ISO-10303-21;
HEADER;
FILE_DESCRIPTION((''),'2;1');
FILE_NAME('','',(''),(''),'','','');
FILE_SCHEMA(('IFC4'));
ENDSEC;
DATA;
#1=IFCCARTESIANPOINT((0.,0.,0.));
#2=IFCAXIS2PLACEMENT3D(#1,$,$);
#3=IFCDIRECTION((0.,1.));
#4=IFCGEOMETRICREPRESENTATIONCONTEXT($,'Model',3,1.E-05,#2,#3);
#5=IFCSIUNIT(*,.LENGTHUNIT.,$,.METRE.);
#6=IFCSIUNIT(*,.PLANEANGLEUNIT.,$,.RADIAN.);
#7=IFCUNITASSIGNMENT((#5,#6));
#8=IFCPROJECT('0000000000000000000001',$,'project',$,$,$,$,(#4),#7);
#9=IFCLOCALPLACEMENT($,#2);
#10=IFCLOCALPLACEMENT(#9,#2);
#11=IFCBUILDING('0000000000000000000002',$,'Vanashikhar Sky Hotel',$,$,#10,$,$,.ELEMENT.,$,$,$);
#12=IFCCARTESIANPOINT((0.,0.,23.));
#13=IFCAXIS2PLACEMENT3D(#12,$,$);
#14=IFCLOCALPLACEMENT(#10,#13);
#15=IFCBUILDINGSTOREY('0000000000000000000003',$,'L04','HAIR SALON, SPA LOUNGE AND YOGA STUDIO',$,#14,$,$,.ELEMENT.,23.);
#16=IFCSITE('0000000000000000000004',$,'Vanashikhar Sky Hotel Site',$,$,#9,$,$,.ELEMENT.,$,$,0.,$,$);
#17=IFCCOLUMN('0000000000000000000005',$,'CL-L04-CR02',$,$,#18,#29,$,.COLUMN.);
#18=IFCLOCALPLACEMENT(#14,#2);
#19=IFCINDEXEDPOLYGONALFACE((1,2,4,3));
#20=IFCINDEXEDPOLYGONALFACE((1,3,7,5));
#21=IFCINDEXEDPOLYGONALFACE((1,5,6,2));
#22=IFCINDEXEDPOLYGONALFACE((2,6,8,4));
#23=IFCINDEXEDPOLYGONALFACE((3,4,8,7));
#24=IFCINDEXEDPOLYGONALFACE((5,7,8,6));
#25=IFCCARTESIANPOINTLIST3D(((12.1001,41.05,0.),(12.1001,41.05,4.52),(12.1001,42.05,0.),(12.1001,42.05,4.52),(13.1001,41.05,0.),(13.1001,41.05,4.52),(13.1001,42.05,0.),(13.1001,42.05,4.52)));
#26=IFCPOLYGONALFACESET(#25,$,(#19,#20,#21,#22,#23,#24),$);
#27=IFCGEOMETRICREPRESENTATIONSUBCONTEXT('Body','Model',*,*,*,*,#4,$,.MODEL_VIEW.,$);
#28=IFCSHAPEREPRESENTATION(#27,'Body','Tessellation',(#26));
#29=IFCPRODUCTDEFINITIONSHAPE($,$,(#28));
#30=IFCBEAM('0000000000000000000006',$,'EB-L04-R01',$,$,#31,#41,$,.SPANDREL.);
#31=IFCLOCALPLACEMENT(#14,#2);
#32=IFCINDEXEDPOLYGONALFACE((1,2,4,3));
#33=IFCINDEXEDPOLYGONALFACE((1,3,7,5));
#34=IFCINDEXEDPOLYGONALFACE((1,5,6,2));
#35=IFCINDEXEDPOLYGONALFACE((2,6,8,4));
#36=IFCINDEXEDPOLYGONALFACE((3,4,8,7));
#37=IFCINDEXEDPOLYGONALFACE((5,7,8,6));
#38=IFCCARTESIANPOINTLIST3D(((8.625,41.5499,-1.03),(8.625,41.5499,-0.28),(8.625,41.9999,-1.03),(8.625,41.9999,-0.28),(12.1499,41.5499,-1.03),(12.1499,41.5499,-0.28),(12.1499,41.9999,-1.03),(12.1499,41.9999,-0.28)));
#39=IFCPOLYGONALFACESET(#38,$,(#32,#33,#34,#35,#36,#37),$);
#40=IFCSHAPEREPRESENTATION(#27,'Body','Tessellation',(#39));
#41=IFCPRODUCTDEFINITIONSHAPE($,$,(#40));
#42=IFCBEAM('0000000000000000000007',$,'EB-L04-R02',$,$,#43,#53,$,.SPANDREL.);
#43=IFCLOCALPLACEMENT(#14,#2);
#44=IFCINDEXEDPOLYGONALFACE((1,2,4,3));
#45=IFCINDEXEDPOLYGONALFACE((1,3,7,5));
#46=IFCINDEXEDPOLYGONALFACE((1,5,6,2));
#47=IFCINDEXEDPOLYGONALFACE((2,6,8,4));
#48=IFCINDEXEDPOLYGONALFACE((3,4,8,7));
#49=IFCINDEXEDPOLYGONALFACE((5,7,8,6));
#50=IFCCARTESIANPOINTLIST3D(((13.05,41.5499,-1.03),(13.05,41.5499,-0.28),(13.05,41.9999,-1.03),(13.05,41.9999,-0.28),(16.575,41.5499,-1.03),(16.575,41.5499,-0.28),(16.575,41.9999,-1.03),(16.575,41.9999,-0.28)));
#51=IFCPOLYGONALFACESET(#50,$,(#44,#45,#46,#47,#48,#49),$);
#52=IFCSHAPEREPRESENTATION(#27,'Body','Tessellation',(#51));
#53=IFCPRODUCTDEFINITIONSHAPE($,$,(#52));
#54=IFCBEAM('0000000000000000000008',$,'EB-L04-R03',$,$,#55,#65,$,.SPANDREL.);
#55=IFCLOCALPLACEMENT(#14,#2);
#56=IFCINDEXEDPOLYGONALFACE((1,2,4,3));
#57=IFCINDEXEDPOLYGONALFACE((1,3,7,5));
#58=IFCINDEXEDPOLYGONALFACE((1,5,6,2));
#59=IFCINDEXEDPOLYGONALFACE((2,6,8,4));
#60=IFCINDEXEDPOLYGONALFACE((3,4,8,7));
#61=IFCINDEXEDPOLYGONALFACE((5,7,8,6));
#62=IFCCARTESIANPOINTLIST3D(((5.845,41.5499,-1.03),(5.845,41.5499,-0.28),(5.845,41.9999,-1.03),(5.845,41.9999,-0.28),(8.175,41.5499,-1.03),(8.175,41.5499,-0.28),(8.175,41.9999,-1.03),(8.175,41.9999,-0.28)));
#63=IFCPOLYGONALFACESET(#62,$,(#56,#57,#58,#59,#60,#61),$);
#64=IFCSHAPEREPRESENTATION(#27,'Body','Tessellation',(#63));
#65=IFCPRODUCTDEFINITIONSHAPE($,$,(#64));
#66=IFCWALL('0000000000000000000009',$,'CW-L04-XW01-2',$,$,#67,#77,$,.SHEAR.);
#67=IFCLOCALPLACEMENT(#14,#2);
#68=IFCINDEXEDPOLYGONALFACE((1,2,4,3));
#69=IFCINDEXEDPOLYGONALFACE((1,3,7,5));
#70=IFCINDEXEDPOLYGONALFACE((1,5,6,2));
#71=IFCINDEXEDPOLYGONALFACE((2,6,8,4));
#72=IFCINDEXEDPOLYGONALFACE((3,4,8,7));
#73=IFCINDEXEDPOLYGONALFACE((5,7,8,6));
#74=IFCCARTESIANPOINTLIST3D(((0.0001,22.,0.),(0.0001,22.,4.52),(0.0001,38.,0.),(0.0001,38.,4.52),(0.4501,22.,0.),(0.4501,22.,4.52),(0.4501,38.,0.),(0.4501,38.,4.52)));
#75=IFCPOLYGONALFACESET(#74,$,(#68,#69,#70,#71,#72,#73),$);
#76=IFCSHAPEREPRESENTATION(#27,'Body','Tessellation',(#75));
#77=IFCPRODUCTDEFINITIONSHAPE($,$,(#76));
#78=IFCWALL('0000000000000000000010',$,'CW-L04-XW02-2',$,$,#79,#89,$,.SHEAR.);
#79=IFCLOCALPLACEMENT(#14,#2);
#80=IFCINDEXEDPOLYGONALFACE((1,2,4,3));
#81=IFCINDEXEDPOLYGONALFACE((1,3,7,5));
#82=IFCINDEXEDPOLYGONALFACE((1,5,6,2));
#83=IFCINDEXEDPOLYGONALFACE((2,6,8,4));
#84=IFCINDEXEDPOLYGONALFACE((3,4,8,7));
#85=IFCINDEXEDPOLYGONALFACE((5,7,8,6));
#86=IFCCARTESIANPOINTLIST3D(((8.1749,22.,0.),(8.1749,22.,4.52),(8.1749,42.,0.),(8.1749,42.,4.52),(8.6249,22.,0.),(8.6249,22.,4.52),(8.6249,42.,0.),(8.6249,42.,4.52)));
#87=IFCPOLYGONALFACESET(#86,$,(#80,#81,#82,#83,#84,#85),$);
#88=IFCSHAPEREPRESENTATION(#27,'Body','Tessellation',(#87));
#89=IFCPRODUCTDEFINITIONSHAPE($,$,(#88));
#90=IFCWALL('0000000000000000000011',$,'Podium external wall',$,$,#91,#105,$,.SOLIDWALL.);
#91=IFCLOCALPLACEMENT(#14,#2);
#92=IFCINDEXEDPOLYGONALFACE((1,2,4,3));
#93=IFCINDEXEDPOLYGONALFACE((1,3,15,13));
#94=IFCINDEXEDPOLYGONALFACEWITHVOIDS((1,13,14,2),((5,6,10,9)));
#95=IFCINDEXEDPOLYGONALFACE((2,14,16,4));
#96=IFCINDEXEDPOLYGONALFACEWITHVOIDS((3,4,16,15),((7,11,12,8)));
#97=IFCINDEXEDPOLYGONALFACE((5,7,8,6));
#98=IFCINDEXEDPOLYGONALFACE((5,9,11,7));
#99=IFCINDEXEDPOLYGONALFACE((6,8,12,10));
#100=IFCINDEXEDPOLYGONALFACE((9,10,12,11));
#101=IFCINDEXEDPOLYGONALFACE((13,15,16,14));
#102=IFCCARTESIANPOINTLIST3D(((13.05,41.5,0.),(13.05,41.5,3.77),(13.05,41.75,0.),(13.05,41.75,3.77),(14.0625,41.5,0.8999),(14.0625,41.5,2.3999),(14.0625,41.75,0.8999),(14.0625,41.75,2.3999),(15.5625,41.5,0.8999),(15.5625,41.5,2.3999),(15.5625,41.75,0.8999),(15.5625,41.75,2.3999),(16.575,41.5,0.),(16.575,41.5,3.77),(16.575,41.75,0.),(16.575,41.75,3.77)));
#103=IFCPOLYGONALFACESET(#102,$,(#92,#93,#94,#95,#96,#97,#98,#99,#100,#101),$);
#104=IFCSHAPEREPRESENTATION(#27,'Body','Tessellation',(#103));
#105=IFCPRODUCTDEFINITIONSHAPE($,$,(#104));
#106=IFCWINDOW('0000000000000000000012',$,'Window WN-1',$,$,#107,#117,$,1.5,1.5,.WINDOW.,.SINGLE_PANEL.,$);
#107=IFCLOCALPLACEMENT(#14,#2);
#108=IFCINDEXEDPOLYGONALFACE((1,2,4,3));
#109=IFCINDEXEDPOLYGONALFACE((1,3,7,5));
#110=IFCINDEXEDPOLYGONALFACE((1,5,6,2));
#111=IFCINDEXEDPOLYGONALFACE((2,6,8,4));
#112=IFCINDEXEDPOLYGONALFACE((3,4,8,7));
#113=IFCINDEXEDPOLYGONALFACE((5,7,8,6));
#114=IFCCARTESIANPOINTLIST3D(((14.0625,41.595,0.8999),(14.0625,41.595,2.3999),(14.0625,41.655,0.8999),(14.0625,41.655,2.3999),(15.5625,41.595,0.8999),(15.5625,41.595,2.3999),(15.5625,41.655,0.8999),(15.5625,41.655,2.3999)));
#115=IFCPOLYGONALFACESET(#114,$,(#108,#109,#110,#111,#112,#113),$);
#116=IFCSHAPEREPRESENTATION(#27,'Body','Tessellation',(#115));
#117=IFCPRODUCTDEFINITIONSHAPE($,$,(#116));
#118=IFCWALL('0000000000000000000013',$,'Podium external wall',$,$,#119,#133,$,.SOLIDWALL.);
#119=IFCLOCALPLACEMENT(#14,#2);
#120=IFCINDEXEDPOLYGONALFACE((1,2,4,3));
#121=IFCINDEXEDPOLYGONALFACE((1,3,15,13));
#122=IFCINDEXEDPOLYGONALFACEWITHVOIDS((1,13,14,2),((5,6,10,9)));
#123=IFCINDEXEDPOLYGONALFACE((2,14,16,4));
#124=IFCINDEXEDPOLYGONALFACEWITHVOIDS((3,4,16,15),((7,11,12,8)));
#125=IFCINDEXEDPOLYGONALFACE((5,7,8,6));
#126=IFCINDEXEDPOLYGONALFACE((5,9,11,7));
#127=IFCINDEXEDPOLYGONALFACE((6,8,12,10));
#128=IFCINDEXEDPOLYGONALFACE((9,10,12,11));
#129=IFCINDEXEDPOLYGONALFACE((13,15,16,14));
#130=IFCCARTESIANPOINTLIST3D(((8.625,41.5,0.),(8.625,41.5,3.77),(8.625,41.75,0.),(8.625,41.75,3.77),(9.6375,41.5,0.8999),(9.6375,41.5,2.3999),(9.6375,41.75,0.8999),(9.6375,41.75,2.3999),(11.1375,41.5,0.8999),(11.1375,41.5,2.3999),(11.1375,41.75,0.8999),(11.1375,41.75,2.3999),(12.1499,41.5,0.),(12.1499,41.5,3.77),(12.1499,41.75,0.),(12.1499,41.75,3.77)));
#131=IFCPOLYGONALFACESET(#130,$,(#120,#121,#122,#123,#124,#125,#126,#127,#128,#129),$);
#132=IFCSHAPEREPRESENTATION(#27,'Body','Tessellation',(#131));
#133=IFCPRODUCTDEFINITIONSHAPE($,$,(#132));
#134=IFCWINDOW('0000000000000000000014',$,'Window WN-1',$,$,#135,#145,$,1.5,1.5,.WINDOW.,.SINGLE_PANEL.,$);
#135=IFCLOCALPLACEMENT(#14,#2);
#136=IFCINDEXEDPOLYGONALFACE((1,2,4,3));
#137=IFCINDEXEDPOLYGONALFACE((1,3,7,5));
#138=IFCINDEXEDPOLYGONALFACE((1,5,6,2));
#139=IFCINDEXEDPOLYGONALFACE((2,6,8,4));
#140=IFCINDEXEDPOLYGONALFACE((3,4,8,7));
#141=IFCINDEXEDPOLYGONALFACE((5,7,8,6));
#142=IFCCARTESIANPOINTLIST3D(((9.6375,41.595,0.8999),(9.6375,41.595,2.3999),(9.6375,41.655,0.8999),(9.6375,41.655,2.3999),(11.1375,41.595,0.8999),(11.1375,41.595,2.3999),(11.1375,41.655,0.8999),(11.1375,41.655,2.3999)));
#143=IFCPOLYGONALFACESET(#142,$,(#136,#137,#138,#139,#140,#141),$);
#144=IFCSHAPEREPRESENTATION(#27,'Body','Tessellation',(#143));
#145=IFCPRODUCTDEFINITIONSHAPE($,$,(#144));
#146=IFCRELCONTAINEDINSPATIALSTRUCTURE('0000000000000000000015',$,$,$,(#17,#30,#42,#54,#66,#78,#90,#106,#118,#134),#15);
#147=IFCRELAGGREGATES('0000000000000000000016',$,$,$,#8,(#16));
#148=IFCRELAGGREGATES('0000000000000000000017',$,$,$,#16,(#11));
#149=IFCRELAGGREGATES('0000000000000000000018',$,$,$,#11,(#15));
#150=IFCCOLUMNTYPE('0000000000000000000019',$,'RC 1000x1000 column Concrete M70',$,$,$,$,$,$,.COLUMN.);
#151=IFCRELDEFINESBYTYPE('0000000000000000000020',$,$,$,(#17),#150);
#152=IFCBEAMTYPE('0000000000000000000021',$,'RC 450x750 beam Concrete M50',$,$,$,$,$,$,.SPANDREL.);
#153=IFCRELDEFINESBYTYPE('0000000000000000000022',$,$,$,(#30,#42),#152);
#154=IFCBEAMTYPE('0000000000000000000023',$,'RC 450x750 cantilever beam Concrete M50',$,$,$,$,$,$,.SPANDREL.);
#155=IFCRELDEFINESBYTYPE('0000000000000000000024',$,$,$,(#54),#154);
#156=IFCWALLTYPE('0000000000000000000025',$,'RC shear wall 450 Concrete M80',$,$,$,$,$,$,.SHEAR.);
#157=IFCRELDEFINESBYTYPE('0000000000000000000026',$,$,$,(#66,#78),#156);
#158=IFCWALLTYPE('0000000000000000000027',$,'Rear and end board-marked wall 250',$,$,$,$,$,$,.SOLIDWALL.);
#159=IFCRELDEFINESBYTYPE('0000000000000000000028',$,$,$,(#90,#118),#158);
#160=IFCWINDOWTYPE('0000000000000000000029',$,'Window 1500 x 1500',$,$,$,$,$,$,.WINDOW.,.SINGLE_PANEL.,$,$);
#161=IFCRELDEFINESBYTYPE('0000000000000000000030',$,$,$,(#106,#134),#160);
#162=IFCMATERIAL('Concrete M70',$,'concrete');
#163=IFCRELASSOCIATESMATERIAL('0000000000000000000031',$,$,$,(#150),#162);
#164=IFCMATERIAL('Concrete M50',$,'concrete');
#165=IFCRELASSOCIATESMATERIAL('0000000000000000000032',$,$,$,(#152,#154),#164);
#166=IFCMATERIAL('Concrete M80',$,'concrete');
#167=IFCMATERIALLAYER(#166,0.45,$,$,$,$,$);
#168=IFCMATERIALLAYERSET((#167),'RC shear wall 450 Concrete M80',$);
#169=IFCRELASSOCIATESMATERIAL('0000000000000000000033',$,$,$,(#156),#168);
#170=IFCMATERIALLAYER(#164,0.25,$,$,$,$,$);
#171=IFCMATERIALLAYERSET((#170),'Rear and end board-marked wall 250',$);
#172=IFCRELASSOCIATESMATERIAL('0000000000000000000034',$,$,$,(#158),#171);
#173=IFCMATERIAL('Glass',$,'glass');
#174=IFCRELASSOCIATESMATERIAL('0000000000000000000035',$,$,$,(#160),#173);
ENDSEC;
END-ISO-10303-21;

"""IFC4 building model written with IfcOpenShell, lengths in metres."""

from ifc_helpers import new_model, si_unit, direction, frame, frame_2d, origin, origin_2d, place, context, subcontext, project, spatial, rectangle, extrude, source, transform, mapped, material, layer, layer_set, material_profile, profile_set, type_object, element, fill, save


model = new_model("IFC4")

# Units and contexts
model_context = context("Model", 3, precision=1e-05, world=origin(), true_north=direction((0.0, 1.0)))
body_context = subcontext(model_context, "Body", "Model", "MODEL_VIEW")
ifc_project = project(units=[si_unit("LENGTHUNIT", "METRE"), si_unit("PLANEANGLEUNIT", "RADIAN")], contexts=[model_context])

# Site, building, storey
site_placement = place(None, origin())
site = spatial("IfcSite", under=ifc_project, at=site_placement, Name="Vanashikhar Sky Hotel Site", CompositionType="ELEMENT", RefElevation=0.0)
building_placement = place(site_placement, origin())
building = spatial("IfcBuilding", under=site, at=building_placement, Name="Vanashikhar Sky Hotel", CompositionType="ELEMENT")
storey_placement = place(building_placement, frame((0.0, 0.0, 23.0)))
storey = spatial("IfcBuildingStorey", under=building, at=storey_placement, Name="L04", Description="HAIR SALON, SPA LOUNGE AND YOGA STUDIO", CompositionType="ELEMENT", Elevation=23.0)

# Column
ifc_material_1 = material(Name="Concrete M70", Category="concrete")
ifc_material_profile_1 = material_profile(ifc_material_1, rectangle(XDim=1.0, YDim=1.0, at=origin_2d()))
ifc_profile_set_1 = profile_set([ifc_material_profile_1], Name="RC 1000x1000 column Concrete M70")
column_type = type_object("IfcColumnType", Name="RC 1000x1000 column Concrete M70", PredefinedType="COLUMN", material=ifc_profile_set_1)
shared_shape_1 = source(origin(), body_context, "Body", "SweptSolid", [
    extrude(rectangle(XDim=1.0, YDim=1.0, at=origin_2d()), origin(), (0.0, 0.0, 1.0), 4.52),
])
column_placement = place(storey_placement, frame((12.6001, 41.55, 0.0), z_axis=(0.0, 0.0, 1.0), x_axis=(1.0, 0.0, 0.0)))
element("IfcColumn", 1, at=column_placement, inside=storey, type_object=column_type, Name="CL-L04-CR02", PredefinedType="COLUMN", context=body_context, shape_type="MappedRepresentation", body=[
    mapped(shared_shape_1, transform((0.0, 0.0, 0.0), scale=1.0)),
])

# Beams
ifc_material_2 = material(Name="Concrete M50", Category="concrete")
ifc_material_profile_2 = material_profile(ifc_material_2, rectangle(XDim=0.45, YDim=0.75, at=origin_2d()))
ifc_profile_set_2 = profile_set([ifc_material_profile_2], Name="RC 450x750 beam Concrete M50")
beam_type_1 = type_object("IfcBeamType", Name="RC 450x750 beam Concrete M50", PredefinedType="SPANDREL", material=ifc_profile_set_2)
shared_shape_2 = source(origin(), body_context, "Body", "SweptSolid", [
    extrude(rectangle(XDim=0.45, YDim=0.75, at=origin_2d()), origin(), (0.0, 0.0, 1.0), 3.5249),
])
for number, where, z_axis, x_axis, name in (
    (2, (8.625, 41.7749, -0.655), (1.0, 0.0, 0.0), (0.0, 1.0, 0.0), "EB-L04-R01"),
    (3, (13.05, 41.7749, -0.655), (1.0, 0.0, 0.0), (0.0, 1.0, 0.0), "EB-L04-R02"),
):
    element("IfcBeam", number, at=place(storey_placement, frame(where, z_axis=z_axis, x_axis=x_axis)), inside=storey, type_object=beam_type_1, Name=name, PredefinedType="SPANDREL", context=body_context, shape_type="MappedRepresentation", body=[
        mapped(shared_shape_2, transform((0.0, 0.0, 0.0), scale=1.0)),
    ])
ifc_material_profile_3 = material_profile(ifc_material_2, rectangle(XDim=0.45, YDim=0.75, at=origin_2d()))
ifc_profile_set_3 = profile_set([ifc_material_profile_3], Name="RC 450x750 cantilever beam Concrete M50")
beam_type_2 = type_object("IfcBeamType", Name="RC 450x750 cantilever beam Concrete M50", PredefinedType="SPANDREL", material=ifc_profile_set_3)
shared_shape_3 = source(origin(), body_context, "Body", "SweptSolid", [
    extrude(rectangle(XDim=0.45, YDim=0.75, at=origin_2d()), origin(), (0.0, 0.0, 1.0), 2.3301),
])
beam_placement = place(storey_placement, frame((5.845, 41.7749, -0.655), z_axis=(1.0, 0.0, 0.0), x_axis=(0.0, 1.0, 0.0)))
element("IfcBeam", 4, at=beam_placement, inside=storey, type_object=beam_type_2, Name="EB-L04-R03", PredefinedType="SPANDREL", context=body_context, shape_type="MappedRepresentation", body=[
    mapped(shared_shape_3, transform((0.0, 0.0, 0.0), scale=1.0)),
])

# Walls
ifc_material_3 = material(Name="Concrete M80", Category="concrete")
ifc_layer_1 = layer(ifc_material_3, 0.45)
ifc_layer_set_1 = layer_set([ifc_layer_1], Name="RC shear wall 450 Concrete M80")
wall_type_1 = type_object("IfcWallType", Name="RC shear wall 450 Concrete M80", PredefinedType="SHEAR", material=ifc_layer_set_1)
shared_shape_4 = source(origin(), body_context, "Body", "SweptSolid", [
    extrude(rectangle(XDim=16.0, YDim=0.45, at=frame_2d((8.0, 0.0))), origin(), (0.0, 0.0, 1.0), 4.52),
])
wall_1_placement = place(storey_placement, frame((0.2251, 22.0, 0.0), z_axis=(0.0, 0.0, 1.0), x_axis=(0.0, 1.0, 0.0)))
element("IfcWall", 5, at=wall_1_placement, inside=storey, type_object=wall_type_1, Name="CW-L04-XW01-2", PredefinedType="SHEAR", context=body_context, shape_type="MappedRepresentation", body=[
    mapped(shared_shape_4, transform((0.0, 0.0, 0.0), scale=1.0)),
])
shared_shape_5 = source(origin(), body_context, "Body", "SweptSolid", [
    extrude(rectangle(XDim=20.0, YDim=0.45, at=frame_2d((10.0, 0.0))), origin(), (0.0, 0.0, 1.0), 4.52),
])
wall_2_placement = place(storey_placement, frame((8.3999, 22.0, 0.0), z_axis=(0.0, 0.0, 1.0), x_axis=(0.0, 1.0, 0.0)))
element("IfcWall", 6, at=wall_2_placement, inside=storey, type_object=wall_type_1, Name="CW-L04-XW02-2", PredefinedType="SHEAR", context=body_context, shape_type="MappedRepresentation", body=[
    mapped(shared_shape_5, transform((0.0, 0.0, 0.0), scale=1.0)),
])

# Walls, openings, windows
ifc_layer_2 = layer(ifc_material_2, 0.25)
ifc_layer_set_2 = layer_set([ifc_layer_2], Name="Rear and end board-marked wall 250")
wall_type_2 = type_object("IfcWallType", Name="Rear and end board-marked wall 250", PredefinedType="SOLIDWALL", material=ifc_layer_set_2)
shared_shape_6 = source(origin(), body_context, "Body", "SweptSolid", [
    extrude(rectangle(XDim=3.5249, YDim=0.25, at=frame_2d((1.7625, 0.0))), origin(), (0.0, 0.0, 1.0), 3.77),
])
wall_3_placement = place(storey_placement, frame((16.575, 41.625, 0.0), z_axis=(0.0, 0.0, 1.0), x_axis=(-1.0, 0.0, 0.0)))
wall_3 = element("IfcWall", 7, at=wall_3_placement, inside=storey, type_object=wall_type_2, Name="Podium external wall", PredefinedType="SOLIDWALL", context=body_context, shape_type="MappedRepresentation", body=[
    mapped(shared_shape_6, transform((0.0, 0.0, 0.0), scale=1.0)),
])
shared_shape_7 = source(origin(), body_context, "Body", "SweptSolid", [
    extrude(rectangle(XDim=1.5, YDim=1.5, at=frame_2d((0.75, 0.75))), frame((0.0, 0.135, 0.0), z_axis=(0.0, -1.0, 0.0), x_axis=(1.0, 0.0, 0.0)), (0.0, 0.0, 1.0), 0.27),
])
opening_1_placement = place(wall_3_placement, frame((1.0125, 0.0, 0.8999)))
opening_1 = element("IfcOpeningElement", 8, at=opening_1_placement, cuts=wall_3, PredefinedType="OPENING", context=body_context, shape_type="MappedRepresentation", body=[
    mapped(shared_shape_7, transform((0.0, 0.0, 0.0), scale=1.0)),
])
ifc_material_4 = material(Name="Glass", Category="glass")
window_type = type_object("IfcWindowType", Name="Window 1500 x 1500", PartitioningType="SINGLE_PANEL", PredefinedType="WINDOW", material=ifc_material_4)
shared_shape_8 = source(origin(), body_context, "Body", "SweptSolid", [
    extrude(rectangle(XDim=1.5, YDim=1.5, at=frame_2d((0.75, 0.75))), frame((0.0, 0.03, 0.0), z_axis=(0.0, -1.0, 0.0), x_axis=(1.0, 0.0, 0.0)), (0.0, 0.0, 1.0), 0.0601),
])
window_1_placement = place(opening_1_placement, origin())
window_1 = element("IfcWindow", 9, at=window_1_placement, inside=storey, type_object=window_type, Name="Window WN-1", OverallHeight=1.5, OverallWidth=1.5, PartitioningType="SINGLE_PANEL", PredefinedType="WINDOW", context=body_context, shape_type="MappedRepresentation", body=[
    mapped(shared_shape_8, transform((0.0, 0.0, 0.0), scale=1.0)),
])
fill(opening_1, window_1)
wall_4_placement = place(storey_placement, frame((12.1499, 41.625, 0.0), z_axis=(0.0, 0.0, 1.0), x_axis=(-1.0, 0.0, 0.0)))
wall_4 = element("IfcWall", 10, at=wall_4_placement, inside=storey, type_object=wall_type_2, Name="Podium external wall", PredefinedType="SOLIDWALL", context=body_context, shape_type="MappedRepresentation", body=[
    mapped(shared_shape_6, transform((0.0, 0.0, 0.0), scale=1.0)),
])
opening_2_placement = place(wall_4_placement, frame((1.0125, 0.0, 0.8999)))
opening_2 = element("IfcOpeningElement", 11, at=opening_2_placement, cuts=wall_4, PredefinedType="OPENING", context=body_context, shape_type="MappedRepresentation", body=[
    mapped(shared_shape_7, transform((0.0, 0.0, 0.0), scale=1.0)),
])
window_2_placement = place(opening_2_placement, origin())
window_2 = element("IfcWindow", 12, at=window_2_placement, inside=storey, type_object=window_type, Name="Window WN-1", OverallHeight=1.5, OverallWidth=1.5, PartitioningType="SINGLE_PANEL", PredefinedType="WINDOW", context=body_context, shape_type="MappedRepresentation", body=[
    mapped(shared_shape_8, transform((0.0, 0.0, 0.0), scale=1.0)),
])
fill(opening_2, window_2)

save(model, "model.ifc")
